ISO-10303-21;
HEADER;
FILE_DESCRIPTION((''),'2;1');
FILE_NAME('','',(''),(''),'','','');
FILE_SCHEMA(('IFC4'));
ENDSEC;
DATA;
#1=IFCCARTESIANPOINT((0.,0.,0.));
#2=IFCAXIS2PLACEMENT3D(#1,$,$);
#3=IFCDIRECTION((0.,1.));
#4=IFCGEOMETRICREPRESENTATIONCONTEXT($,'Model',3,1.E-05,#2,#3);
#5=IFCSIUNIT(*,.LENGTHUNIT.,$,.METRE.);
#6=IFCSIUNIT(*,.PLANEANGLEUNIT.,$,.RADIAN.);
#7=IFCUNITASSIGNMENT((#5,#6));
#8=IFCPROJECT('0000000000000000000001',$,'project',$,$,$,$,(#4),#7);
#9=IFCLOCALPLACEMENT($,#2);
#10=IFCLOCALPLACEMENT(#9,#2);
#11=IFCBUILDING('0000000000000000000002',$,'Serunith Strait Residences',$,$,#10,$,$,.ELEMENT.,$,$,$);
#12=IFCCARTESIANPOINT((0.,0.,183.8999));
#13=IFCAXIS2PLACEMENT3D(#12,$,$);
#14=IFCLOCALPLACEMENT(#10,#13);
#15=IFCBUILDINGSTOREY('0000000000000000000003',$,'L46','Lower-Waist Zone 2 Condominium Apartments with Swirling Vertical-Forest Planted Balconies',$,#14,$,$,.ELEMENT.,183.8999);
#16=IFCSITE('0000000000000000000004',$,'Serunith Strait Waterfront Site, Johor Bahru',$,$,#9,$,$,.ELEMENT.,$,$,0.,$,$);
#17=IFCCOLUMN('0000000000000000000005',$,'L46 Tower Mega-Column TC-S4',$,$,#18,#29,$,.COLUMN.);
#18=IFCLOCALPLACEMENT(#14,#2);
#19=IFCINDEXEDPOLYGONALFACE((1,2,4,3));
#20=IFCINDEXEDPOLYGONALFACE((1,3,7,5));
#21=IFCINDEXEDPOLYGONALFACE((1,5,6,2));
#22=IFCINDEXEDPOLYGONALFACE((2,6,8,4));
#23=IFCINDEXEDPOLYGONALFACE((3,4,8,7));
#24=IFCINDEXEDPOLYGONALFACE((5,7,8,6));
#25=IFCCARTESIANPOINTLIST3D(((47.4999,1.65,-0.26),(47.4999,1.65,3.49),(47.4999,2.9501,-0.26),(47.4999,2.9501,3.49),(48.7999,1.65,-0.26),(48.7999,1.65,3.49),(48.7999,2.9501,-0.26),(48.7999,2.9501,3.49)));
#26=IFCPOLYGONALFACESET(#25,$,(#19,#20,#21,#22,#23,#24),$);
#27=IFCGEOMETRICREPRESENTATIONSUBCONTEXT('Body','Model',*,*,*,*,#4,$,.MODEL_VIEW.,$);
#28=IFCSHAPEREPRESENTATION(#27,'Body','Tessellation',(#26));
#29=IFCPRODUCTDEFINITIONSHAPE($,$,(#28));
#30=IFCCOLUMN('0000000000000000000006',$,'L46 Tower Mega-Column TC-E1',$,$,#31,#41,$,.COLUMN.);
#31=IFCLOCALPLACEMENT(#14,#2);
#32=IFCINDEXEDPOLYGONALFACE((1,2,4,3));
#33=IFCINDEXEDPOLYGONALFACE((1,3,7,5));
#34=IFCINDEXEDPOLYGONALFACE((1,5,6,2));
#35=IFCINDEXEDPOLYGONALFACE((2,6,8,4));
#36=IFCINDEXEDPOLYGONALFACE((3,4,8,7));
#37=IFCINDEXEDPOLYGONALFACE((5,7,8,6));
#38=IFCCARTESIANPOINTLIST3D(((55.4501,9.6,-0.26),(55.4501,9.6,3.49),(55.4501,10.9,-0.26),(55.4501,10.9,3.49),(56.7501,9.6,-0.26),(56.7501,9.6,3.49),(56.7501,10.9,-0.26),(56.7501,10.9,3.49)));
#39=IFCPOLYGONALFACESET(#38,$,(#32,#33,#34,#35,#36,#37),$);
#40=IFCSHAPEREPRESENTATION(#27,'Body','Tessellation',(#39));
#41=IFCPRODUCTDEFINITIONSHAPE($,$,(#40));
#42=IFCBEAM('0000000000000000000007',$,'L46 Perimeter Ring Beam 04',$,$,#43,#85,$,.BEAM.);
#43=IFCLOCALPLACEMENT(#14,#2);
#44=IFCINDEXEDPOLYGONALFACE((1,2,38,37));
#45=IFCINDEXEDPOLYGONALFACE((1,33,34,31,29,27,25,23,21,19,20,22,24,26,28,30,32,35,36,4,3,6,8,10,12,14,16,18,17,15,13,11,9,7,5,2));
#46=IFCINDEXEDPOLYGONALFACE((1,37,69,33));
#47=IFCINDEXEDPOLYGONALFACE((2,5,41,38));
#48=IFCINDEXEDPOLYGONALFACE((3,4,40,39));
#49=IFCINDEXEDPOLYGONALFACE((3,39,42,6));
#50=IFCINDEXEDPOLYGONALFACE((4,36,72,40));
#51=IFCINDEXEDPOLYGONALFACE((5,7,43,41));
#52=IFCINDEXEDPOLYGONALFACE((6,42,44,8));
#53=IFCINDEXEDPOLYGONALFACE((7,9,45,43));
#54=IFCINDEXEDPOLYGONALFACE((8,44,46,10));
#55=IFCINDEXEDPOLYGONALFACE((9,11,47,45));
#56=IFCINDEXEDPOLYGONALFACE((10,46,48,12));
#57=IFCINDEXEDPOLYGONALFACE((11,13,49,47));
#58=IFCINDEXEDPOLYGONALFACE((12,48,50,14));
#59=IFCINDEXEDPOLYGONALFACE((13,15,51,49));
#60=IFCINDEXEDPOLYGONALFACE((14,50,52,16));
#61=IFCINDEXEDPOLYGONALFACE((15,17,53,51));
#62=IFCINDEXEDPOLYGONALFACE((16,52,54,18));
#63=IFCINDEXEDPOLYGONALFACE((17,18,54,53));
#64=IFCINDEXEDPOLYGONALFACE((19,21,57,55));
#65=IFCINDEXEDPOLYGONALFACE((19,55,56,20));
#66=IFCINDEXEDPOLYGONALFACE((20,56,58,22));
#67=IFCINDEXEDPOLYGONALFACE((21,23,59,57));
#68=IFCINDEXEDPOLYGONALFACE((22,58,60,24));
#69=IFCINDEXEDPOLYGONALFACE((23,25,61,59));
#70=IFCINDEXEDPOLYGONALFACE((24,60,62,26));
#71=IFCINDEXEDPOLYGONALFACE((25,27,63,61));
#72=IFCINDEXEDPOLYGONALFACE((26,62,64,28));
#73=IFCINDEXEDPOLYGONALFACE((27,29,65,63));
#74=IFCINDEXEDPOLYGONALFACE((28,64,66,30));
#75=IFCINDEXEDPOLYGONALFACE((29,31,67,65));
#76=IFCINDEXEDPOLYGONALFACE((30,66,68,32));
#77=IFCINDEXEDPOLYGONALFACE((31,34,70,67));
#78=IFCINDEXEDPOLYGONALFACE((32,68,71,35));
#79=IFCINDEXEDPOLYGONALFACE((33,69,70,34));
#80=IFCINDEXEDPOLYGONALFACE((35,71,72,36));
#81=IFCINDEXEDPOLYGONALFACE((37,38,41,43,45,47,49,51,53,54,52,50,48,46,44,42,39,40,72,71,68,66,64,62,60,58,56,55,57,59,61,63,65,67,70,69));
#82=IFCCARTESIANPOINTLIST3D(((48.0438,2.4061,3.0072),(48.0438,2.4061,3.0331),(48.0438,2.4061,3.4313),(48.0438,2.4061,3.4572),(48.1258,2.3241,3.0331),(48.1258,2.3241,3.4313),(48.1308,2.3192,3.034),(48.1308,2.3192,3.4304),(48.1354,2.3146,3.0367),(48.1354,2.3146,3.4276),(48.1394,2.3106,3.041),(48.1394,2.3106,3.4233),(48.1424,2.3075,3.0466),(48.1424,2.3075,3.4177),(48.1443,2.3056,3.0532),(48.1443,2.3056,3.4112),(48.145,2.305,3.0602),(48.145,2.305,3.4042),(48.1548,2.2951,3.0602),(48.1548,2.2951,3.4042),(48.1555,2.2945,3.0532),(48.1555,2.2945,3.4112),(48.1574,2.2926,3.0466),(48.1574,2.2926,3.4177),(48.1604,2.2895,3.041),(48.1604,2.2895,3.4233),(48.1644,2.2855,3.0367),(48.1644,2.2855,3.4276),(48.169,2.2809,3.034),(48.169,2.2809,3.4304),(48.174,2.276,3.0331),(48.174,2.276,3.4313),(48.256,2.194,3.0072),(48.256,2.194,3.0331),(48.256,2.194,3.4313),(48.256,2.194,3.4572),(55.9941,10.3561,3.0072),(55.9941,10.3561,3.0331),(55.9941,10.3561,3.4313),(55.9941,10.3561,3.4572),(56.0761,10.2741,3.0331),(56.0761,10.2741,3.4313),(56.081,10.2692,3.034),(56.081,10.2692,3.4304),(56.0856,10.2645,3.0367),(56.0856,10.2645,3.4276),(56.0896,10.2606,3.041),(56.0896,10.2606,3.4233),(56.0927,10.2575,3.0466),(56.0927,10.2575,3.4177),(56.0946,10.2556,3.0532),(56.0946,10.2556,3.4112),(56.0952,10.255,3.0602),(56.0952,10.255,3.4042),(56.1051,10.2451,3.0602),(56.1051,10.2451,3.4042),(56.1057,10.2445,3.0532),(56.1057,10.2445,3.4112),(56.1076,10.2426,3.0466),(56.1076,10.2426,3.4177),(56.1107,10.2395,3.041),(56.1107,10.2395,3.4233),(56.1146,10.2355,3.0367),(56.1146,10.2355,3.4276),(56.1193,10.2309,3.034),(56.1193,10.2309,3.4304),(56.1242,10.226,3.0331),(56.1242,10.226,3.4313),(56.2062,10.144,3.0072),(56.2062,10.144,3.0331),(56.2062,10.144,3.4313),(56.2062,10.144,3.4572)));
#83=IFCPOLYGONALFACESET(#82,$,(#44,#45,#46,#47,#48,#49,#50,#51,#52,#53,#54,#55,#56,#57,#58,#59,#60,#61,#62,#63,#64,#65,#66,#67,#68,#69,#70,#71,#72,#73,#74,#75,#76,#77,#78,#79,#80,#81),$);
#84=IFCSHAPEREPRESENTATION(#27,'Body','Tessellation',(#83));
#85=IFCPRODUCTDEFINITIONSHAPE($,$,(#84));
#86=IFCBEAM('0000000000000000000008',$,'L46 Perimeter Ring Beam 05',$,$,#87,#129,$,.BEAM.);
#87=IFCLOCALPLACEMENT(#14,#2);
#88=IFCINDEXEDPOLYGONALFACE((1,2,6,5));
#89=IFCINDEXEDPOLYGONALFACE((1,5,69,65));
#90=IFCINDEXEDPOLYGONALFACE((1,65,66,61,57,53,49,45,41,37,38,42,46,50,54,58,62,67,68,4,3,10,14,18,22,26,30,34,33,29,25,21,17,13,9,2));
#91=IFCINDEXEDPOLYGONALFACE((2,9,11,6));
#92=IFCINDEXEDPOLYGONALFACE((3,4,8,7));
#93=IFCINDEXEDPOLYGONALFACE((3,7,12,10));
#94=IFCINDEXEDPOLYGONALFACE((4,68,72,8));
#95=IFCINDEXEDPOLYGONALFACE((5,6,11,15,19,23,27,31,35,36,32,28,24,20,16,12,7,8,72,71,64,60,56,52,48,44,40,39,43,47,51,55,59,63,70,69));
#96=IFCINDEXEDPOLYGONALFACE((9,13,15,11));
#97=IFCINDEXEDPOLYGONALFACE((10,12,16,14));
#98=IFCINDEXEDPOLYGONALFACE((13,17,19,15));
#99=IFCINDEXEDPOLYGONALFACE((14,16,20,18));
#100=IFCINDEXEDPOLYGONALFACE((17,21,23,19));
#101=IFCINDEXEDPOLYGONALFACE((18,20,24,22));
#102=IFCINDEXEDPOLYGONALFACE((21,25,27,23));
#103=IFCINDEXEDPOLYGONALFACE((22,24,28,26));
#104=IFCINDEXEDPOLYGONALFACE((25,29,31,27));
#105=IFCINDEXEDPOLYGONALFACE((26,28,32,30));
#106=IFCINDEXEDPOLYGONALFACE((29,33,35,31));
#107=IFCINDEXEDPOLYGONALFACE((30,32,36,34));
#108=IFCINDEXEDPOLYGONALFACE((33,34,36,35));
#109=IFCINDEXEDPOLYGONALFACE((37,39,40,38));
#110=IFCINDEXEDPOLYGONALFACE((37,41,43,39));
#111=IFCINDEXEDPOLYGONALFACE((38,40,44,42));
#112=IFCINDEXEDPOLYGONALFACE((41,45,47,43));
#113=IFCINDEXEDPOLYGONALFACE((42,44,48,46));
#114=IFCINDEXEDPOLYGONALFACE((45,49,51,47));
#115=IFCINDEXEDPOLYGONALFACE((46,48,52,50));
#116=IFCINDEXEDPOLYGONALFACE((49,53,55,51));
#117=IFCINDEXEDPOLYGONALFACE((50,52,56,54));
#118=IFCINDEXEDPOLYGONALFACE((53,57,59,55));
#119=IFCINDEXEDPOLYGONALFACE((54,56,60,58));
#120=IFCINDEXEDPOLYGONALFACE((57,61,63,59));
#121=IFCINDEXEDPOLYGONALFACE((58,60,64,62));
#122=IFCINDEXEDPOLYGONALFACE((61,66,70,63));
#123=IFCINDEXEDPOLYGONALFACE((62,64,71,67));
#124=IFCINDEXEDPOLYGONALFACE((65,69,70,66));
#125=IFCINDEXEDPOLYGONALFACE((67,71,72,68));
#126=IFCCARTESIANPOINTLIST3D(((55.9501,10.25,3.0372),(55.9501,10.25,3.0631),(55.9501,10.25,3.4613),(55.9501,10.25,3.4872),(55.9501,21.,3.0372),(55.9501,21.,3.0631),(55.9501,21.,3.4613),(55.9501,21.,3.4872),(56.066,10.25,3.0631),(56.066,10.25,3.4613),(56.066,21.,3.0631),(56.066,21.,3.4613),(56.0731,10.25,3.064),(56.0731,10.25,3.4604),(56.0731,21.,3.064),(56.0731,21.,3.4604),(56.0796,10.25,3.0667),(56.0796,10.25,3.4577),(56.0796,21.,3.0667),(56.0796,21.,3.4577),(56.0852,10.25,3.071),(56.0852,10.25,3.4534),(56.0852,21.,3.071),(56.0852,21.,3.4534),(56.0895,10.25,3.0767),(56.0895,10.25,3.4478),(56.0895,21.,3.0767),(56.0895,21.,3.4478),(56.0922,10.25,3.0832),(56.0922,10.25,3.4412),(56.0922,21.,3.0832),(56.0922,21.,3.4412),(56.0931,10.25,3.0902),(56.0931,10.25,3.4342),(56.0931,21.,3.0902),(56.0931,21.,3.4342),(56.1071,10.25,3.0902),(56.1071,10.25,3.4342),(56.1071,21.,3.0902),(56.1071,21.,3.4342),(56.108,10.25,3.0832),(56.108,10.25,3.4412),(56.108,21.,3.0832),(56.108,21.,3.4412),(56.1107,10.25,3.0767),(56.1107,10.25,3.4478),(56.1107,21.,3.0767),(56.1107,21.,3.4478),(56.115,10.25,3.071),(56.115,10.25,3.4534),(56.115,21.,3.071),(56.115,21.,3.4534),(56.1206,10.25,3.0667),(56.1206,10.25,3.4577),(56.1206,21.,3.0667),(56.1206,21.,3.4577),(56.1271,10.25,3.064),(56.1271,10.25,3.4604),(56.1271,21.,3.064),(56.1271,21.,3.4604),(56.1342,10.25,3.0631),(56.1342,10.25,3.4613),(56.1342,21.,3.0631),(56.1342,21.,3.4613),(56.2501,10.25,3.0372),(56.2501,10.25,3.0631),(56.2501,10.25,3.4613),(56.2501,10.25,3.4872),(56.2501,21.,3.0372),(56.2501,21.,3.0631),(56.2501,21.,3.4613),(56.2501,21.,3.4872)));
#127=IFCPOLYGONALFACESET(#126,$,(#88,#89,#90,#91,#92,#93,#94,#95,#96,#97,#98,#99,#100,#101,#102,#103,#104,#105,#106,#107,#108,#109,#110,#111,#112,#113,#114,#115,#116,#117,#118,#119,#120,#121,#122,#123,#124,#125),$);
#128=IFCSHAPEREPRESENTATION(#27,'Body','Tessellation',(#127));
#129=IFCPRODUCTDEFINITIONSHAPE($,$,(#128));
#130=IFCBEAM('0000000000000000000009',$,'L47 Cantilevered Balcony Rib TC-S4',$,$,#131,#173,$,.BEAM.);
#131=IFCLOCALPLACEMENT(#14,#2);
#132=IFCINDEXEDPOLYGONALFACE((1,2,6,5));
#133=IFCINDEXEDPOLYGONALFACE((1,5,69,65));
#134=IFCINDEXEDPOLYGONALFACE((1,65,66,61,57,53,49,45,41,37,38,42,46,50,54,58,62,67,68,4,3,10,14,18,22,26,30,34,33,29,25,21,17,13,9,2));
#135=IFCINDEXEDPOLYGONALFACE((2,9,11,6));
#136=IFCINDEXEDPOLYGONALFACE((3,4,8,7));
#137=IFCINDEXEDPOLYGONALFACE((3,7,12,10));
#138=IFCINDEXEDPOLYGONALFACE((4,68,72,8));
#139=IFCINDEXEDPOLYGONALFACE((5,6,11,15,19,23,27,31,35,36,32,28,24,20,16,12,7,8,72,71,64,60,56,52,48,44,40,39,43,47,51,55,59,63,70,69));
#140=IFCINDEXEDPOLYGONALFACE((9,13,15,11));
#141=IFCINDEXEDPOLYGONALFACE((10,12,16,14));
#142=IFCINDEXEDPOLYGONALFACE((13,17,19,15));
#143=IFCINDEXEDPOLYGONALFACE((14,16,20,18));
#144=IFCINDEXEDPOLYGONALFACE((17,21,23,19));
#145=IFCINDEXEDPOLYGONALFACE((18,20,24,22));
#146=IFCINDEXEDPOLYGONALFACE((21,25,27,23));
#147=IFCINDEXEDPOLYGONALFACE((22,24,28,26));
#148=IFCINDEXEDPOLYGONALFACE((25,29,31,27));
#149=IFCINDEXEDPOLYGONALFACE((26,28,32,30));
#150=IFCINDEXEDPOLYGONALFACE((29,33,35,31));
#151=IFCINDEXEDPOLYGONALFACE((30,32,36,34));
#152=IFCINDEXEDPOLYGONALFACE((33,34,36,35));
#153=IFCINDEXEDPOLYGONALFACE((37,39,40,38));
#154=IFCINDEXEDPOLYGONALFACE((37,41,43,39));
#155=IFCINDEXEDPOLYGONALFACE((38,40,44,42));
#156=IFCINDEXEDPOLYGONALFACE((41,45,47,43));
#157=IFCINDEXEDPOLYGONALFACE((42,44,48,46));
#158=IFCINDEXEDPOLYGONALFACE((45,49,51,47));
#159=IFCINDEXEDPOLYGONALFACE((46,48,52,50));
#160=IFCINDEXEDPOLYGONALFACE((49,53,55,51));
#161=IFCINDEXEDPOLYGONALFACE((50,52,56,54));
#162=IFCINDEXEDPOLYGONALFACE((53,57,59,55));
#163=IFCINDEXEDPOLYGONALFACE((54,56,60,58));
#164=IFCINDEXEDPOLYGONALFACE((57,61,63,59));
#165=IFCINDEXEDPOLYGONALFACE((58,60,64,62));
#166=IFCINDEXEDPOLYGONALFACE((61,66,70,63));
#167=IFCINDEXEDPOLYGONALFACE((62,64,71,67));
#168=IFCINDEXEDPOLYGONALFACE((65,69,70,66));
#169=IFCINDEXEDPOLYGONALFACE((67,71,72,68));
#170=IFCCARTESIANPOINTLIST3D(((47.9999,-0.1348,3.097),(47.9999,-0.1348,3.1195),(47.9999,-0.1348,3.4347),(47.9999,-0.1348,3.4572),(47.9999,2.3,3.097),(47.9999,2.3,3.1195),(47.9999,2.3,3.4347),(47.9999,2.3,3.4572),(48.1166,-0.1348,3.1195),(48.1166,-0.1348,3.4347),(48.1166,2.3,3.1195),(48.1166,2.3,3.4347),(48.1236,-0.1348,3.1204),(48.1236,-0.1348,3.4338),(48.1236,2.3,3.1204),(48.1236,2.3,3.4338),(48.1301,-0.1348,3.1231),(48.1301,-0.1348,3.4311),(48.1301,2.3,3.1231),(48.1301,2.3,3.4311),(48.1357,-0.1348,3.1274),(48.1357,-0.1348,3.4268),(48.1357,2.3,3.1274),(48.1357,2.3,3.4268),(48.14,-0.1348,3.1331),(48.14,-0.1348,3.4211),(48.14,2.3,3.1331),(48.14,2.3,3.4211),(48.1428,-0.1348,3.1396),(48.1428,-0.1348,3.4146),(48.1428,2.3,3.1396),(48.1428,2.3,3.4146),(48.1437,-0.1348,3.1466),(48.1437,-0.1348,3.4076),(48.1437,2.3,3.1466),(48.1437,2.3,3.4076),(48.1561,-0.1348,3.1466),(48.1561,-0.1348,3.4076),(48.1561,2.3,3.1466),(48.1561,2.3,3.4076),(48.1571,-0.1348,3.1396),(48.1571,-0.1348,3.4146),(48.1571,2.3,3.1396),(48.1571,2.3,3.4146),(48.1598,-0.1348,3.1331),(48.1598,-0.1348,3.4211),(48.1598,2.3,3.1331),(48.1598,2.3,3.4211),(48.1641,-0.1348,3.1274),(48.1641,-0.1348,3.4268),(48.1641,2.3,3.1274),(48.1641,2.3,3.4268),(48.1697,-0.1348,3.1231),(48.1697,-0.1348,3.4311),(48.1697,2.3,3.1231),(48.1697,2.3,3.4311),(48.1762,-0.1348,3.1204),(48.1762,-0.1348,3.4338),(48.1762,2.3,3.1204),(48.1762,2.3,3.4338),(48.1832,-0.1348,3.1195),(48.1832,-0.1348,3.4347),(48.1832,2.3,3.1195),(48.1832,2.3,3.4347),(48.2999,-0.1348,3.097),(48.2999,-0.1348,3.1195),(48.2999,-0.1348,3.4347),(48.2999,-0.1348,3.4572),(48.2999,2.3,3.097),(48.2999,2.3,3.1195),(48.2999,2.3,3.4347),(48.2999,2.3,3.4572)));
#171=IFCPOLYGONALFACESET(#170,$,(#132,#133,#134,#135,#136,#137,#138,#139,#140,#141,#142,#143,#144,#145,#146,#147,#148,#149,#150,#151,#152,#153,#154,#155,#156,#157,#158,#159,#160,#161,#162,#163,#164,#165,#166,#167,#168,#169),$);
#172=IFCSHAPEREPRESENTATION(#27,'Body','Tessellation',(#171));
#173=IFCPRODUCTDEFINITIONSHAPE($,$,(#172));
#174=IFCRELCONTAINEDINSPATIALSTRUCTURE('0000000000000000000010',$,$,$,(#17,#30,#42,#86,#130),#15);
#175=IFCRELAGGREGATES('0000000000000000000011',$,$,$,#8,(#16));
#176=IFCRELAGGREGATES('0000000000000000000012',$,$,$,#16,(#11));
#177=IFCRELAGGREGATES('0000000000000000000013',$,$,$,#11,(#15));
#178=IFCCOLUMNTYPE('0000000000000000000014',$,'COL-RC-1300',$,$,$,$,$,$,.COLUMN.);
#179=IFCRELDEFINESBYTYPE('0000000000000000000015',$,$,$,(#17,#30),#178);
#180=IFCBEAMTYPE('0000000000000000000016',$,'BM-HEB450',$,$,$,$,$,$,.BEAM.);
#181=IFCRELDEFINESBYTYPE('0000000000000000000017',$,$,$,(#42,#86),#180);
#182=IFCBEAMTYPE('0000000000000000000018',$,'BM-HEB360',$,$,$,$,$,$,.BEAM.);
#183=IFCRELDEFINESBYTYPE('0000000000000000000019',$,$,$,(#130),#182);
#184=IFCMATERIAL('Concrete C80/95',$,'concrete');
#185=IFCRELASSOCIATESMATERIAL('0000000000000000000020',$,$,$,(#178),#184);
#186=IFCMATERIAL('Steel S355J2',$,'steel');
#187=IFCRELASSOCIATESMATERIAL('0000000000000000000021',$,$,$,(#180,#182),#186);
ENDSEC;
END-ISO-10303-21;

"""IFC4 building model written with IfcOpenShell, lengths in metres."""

from ifc_helpers import new_model, si_unit, direction, frame, origin, origin_2d, place, context, subcontext, project, spatial, rectangle, i_section, extrude, source, transform, mapped, material, material_profile, profile_set, type_object, element, save


model = new_model("IFC4")

# Units and contexts
model_context = context("Model", 3, precision=1e-05, world=origin(), true_north=direction((0.0, 1.0)))
body_context = subcontext(model_context, "Body", "Model", "MODEL_VIEW")
ifc_project = project(units=[si_unit("LENGTHUNIT", "METRE"), si_unit("PLANEANGLEUNIT", "RADIAN")], contexts=[model_context])

# Site, building, storey
site_placement = place(None, origin())
site = spatial("IfcSite", under=ifc_project, at=site_placement, Name="Serunith Strait Waterfront Site, Johor Bahru", CompositionType="ELEMENT", RefElevation=0.0)
building_placement = place(site_placement, origin())
building = spatial("IfcBuilding", under=site, at=building_placement, Name="Serunith Strait Residences", CompositionType="ELEMENT")
storey_placement = place(building_placement, frame((0.0, 0.0, 183.8999)))
storey = spatial("IfcBuildingStorey", under=building, at=storey_placement, Name="L46", Description="Lower-Waist Zone 2 Condominium Apartments with Swirling Vertical-Forest Planted Balconies", CompositionType="ELEMENT", Elevation=183.8999)

# Columns
ifc_material_1 = material(Name="Concrete C80/95", Category="concrete")
ifc_material_profile_1 = material_profile(ifc_material_1, rectangle(XDim=1.3, YDim=1.3, at=origin_2d()), Name="RC 1300x1300")
ifc_profile_set_1 = profile_set([ifc_material_profile_1], Name="Concrete C80/95")
column_type = type_object("IfcColumnType", Name="COL-RC-1300", PredefinedType="COLUMN", material=ifc_profile_set_1)
shared_shape_1 = source(origin(), body_context, "Body", "SweptSolid", [
    extrude(rectangle(XDim=1.3, YDim=1.3, at=origin_2d()), origin(), (0.0, 0.0, 1.0), 3.75),
])
for number, where, z_axis, x_axis, name in (
    (1, (48.1499, 2.3, -0.26), (0.0, 0.0, 1.0), (1.0, 0.0, 0.0), "L46 Tower Mega-Column TC-S4"),
    (2, (56.1001, 10.25, -0.26), (0.0, 0.0, 1.0), (1.0, 0.0, 0.0), "L46 Tower Mega-Column TC-E1"),
):
    element("IfcColumn", number, at=place(storey_placement, frame(where, z_axis=z_axis, x_axis=x_axis)), inside=storey, type_object=column_type, Name=name, PredefinedType="COLUMN", context=body_context, shape_type="MappedRepresentation", body=[
        mapped(shared_shape_1, transform((0.0, 0.0, 0.0), scale=1.0)),
    ])

# Beams
ifc_material_2 = material(Name="Steel S355J2", Category="steel")
ifc_material_profile_2 = material_profile(ifc_material_2, i_section(OverallWidth=0.3, OverallDepth=0.45, WebThickness=0.0139, FlangeThickness=0.0259, FilletRadius=0.0271, at=origin_2d()), Name="HEB 450")
ifc_profile_set_2 = profile_set([ifc_material_profile_2], Name="Steel S355J2")
beam_type_1 = type_object("IfcBeamType", Name="BM-HEB450", PredefinedType="BEAM", material=ifc_profile_set_2)
shared_shape_2 = source(origin(), body_context, "Body", "SweptSolid", [
    extrude(i_section(OverallWidth=0.3, OverallDepth=0.45, WebThickness=0.0139, FlangeThickness=0.0259, FilletRadius=0.0271, at=origin_2d()), origin(), (0.0, 0.0, 1.0), 11.2432),
])
beam_1_placement = place(storey_placement, frame((48.1499, 2.3, 3.2322), z_axis=(0.707118, 0.707096, 0.0), x_axis=(-0.707096, 0.707118, 0.0)))
element("IfcBeam", 3, at=beam_1_placement, inside=storey, type_object=beam_type_1, Name="L46 Perimeter Ring Beam 04", PredefinedType="BEAM", context=body_context, shape_type="MappedRepresentation", body=[
    mapped(shared_shape_2, transform((0.0, 0.0, 0.0), scale=1.0)),
])
shared_shape_3 = source(origin(), body_context, "Body", "SweptSolid", [
    extrude(i_section(OverallWidth=0.3, OverallDepth=0.45, WebThickness=0.0139, FlangeThickness=0.0259, FilletRadius=0.0271, at=origin_2d()), origin(), (0.0, 0.0, 1.0), 10.75),
])
beam_2_placement = place(storey_placement, frame((56.1001, 10.25, 3.2622), z_axis=(0.0, 1.0, 0.0), x_axis=(-1.0, 0.0, 0.0)))
element("IfcBeam", 4, at=beam_2_placement, inside=storey, type_object=beam_type_1, Name="L46 Perimeter Ring Beam 05", PredefinedType="BEAM", context=body_context, shape_type="MappedRepresentation", body=[
    mapped(shared_shape_3, transform((0.0, 0.0, 0.0), scale=1.0)),
])
ifc_material_profile_3 = material_profile(ifc_material_2, i_section(OverallWidth=0.3, OverallDepth=0.3601, WebThickness=0.0125, FlangeThickness=0.0225, FilletRadius=0.0271, at=origin_2d()), Name="HEB 360")
ifc_profile_set_3 = profile_set([ifc_material_profile_3], Name="Steel S355J2")
beam_type_2 = type_object("IfcBeamType", Name="BM-HEB360", PredefinedType="BEAM", material=ifc_profile_set_3)
shared_shape_4 = source(origin(), body_context, "Body", "SweptSolid", [
    extrude(i_section(OverallWidth=0.3, OverallDepth=0.3601, WebThickness=0.0125, FlangeThickness=0.0225, FilletRadius=0.0271, at=origin_2d()), origin(), (0.0, 0.0, 1.0), 2.4348),
])
beam_3_placement = place(storey_placement, frame((48.1499, 2.3, 3.2771), z_axis=(0.0, -1.0, 0.0), x_axis=(1.0, 0.0, 0.0)))
element("IfcBeam", 5, at=beam_3_placement, inside=storey, type_object=beam_type_2, Name="L47 Cantilevered Balcony Rib TC-S4", PredefinedType="BEAM", context=body_context, shape_type="MappedRepresentation", body=[
    mapped(shared_shape_4, transform((0.0, 0.0, 0.0), scale=1.0)),
])

save(model, "model.ifc")
